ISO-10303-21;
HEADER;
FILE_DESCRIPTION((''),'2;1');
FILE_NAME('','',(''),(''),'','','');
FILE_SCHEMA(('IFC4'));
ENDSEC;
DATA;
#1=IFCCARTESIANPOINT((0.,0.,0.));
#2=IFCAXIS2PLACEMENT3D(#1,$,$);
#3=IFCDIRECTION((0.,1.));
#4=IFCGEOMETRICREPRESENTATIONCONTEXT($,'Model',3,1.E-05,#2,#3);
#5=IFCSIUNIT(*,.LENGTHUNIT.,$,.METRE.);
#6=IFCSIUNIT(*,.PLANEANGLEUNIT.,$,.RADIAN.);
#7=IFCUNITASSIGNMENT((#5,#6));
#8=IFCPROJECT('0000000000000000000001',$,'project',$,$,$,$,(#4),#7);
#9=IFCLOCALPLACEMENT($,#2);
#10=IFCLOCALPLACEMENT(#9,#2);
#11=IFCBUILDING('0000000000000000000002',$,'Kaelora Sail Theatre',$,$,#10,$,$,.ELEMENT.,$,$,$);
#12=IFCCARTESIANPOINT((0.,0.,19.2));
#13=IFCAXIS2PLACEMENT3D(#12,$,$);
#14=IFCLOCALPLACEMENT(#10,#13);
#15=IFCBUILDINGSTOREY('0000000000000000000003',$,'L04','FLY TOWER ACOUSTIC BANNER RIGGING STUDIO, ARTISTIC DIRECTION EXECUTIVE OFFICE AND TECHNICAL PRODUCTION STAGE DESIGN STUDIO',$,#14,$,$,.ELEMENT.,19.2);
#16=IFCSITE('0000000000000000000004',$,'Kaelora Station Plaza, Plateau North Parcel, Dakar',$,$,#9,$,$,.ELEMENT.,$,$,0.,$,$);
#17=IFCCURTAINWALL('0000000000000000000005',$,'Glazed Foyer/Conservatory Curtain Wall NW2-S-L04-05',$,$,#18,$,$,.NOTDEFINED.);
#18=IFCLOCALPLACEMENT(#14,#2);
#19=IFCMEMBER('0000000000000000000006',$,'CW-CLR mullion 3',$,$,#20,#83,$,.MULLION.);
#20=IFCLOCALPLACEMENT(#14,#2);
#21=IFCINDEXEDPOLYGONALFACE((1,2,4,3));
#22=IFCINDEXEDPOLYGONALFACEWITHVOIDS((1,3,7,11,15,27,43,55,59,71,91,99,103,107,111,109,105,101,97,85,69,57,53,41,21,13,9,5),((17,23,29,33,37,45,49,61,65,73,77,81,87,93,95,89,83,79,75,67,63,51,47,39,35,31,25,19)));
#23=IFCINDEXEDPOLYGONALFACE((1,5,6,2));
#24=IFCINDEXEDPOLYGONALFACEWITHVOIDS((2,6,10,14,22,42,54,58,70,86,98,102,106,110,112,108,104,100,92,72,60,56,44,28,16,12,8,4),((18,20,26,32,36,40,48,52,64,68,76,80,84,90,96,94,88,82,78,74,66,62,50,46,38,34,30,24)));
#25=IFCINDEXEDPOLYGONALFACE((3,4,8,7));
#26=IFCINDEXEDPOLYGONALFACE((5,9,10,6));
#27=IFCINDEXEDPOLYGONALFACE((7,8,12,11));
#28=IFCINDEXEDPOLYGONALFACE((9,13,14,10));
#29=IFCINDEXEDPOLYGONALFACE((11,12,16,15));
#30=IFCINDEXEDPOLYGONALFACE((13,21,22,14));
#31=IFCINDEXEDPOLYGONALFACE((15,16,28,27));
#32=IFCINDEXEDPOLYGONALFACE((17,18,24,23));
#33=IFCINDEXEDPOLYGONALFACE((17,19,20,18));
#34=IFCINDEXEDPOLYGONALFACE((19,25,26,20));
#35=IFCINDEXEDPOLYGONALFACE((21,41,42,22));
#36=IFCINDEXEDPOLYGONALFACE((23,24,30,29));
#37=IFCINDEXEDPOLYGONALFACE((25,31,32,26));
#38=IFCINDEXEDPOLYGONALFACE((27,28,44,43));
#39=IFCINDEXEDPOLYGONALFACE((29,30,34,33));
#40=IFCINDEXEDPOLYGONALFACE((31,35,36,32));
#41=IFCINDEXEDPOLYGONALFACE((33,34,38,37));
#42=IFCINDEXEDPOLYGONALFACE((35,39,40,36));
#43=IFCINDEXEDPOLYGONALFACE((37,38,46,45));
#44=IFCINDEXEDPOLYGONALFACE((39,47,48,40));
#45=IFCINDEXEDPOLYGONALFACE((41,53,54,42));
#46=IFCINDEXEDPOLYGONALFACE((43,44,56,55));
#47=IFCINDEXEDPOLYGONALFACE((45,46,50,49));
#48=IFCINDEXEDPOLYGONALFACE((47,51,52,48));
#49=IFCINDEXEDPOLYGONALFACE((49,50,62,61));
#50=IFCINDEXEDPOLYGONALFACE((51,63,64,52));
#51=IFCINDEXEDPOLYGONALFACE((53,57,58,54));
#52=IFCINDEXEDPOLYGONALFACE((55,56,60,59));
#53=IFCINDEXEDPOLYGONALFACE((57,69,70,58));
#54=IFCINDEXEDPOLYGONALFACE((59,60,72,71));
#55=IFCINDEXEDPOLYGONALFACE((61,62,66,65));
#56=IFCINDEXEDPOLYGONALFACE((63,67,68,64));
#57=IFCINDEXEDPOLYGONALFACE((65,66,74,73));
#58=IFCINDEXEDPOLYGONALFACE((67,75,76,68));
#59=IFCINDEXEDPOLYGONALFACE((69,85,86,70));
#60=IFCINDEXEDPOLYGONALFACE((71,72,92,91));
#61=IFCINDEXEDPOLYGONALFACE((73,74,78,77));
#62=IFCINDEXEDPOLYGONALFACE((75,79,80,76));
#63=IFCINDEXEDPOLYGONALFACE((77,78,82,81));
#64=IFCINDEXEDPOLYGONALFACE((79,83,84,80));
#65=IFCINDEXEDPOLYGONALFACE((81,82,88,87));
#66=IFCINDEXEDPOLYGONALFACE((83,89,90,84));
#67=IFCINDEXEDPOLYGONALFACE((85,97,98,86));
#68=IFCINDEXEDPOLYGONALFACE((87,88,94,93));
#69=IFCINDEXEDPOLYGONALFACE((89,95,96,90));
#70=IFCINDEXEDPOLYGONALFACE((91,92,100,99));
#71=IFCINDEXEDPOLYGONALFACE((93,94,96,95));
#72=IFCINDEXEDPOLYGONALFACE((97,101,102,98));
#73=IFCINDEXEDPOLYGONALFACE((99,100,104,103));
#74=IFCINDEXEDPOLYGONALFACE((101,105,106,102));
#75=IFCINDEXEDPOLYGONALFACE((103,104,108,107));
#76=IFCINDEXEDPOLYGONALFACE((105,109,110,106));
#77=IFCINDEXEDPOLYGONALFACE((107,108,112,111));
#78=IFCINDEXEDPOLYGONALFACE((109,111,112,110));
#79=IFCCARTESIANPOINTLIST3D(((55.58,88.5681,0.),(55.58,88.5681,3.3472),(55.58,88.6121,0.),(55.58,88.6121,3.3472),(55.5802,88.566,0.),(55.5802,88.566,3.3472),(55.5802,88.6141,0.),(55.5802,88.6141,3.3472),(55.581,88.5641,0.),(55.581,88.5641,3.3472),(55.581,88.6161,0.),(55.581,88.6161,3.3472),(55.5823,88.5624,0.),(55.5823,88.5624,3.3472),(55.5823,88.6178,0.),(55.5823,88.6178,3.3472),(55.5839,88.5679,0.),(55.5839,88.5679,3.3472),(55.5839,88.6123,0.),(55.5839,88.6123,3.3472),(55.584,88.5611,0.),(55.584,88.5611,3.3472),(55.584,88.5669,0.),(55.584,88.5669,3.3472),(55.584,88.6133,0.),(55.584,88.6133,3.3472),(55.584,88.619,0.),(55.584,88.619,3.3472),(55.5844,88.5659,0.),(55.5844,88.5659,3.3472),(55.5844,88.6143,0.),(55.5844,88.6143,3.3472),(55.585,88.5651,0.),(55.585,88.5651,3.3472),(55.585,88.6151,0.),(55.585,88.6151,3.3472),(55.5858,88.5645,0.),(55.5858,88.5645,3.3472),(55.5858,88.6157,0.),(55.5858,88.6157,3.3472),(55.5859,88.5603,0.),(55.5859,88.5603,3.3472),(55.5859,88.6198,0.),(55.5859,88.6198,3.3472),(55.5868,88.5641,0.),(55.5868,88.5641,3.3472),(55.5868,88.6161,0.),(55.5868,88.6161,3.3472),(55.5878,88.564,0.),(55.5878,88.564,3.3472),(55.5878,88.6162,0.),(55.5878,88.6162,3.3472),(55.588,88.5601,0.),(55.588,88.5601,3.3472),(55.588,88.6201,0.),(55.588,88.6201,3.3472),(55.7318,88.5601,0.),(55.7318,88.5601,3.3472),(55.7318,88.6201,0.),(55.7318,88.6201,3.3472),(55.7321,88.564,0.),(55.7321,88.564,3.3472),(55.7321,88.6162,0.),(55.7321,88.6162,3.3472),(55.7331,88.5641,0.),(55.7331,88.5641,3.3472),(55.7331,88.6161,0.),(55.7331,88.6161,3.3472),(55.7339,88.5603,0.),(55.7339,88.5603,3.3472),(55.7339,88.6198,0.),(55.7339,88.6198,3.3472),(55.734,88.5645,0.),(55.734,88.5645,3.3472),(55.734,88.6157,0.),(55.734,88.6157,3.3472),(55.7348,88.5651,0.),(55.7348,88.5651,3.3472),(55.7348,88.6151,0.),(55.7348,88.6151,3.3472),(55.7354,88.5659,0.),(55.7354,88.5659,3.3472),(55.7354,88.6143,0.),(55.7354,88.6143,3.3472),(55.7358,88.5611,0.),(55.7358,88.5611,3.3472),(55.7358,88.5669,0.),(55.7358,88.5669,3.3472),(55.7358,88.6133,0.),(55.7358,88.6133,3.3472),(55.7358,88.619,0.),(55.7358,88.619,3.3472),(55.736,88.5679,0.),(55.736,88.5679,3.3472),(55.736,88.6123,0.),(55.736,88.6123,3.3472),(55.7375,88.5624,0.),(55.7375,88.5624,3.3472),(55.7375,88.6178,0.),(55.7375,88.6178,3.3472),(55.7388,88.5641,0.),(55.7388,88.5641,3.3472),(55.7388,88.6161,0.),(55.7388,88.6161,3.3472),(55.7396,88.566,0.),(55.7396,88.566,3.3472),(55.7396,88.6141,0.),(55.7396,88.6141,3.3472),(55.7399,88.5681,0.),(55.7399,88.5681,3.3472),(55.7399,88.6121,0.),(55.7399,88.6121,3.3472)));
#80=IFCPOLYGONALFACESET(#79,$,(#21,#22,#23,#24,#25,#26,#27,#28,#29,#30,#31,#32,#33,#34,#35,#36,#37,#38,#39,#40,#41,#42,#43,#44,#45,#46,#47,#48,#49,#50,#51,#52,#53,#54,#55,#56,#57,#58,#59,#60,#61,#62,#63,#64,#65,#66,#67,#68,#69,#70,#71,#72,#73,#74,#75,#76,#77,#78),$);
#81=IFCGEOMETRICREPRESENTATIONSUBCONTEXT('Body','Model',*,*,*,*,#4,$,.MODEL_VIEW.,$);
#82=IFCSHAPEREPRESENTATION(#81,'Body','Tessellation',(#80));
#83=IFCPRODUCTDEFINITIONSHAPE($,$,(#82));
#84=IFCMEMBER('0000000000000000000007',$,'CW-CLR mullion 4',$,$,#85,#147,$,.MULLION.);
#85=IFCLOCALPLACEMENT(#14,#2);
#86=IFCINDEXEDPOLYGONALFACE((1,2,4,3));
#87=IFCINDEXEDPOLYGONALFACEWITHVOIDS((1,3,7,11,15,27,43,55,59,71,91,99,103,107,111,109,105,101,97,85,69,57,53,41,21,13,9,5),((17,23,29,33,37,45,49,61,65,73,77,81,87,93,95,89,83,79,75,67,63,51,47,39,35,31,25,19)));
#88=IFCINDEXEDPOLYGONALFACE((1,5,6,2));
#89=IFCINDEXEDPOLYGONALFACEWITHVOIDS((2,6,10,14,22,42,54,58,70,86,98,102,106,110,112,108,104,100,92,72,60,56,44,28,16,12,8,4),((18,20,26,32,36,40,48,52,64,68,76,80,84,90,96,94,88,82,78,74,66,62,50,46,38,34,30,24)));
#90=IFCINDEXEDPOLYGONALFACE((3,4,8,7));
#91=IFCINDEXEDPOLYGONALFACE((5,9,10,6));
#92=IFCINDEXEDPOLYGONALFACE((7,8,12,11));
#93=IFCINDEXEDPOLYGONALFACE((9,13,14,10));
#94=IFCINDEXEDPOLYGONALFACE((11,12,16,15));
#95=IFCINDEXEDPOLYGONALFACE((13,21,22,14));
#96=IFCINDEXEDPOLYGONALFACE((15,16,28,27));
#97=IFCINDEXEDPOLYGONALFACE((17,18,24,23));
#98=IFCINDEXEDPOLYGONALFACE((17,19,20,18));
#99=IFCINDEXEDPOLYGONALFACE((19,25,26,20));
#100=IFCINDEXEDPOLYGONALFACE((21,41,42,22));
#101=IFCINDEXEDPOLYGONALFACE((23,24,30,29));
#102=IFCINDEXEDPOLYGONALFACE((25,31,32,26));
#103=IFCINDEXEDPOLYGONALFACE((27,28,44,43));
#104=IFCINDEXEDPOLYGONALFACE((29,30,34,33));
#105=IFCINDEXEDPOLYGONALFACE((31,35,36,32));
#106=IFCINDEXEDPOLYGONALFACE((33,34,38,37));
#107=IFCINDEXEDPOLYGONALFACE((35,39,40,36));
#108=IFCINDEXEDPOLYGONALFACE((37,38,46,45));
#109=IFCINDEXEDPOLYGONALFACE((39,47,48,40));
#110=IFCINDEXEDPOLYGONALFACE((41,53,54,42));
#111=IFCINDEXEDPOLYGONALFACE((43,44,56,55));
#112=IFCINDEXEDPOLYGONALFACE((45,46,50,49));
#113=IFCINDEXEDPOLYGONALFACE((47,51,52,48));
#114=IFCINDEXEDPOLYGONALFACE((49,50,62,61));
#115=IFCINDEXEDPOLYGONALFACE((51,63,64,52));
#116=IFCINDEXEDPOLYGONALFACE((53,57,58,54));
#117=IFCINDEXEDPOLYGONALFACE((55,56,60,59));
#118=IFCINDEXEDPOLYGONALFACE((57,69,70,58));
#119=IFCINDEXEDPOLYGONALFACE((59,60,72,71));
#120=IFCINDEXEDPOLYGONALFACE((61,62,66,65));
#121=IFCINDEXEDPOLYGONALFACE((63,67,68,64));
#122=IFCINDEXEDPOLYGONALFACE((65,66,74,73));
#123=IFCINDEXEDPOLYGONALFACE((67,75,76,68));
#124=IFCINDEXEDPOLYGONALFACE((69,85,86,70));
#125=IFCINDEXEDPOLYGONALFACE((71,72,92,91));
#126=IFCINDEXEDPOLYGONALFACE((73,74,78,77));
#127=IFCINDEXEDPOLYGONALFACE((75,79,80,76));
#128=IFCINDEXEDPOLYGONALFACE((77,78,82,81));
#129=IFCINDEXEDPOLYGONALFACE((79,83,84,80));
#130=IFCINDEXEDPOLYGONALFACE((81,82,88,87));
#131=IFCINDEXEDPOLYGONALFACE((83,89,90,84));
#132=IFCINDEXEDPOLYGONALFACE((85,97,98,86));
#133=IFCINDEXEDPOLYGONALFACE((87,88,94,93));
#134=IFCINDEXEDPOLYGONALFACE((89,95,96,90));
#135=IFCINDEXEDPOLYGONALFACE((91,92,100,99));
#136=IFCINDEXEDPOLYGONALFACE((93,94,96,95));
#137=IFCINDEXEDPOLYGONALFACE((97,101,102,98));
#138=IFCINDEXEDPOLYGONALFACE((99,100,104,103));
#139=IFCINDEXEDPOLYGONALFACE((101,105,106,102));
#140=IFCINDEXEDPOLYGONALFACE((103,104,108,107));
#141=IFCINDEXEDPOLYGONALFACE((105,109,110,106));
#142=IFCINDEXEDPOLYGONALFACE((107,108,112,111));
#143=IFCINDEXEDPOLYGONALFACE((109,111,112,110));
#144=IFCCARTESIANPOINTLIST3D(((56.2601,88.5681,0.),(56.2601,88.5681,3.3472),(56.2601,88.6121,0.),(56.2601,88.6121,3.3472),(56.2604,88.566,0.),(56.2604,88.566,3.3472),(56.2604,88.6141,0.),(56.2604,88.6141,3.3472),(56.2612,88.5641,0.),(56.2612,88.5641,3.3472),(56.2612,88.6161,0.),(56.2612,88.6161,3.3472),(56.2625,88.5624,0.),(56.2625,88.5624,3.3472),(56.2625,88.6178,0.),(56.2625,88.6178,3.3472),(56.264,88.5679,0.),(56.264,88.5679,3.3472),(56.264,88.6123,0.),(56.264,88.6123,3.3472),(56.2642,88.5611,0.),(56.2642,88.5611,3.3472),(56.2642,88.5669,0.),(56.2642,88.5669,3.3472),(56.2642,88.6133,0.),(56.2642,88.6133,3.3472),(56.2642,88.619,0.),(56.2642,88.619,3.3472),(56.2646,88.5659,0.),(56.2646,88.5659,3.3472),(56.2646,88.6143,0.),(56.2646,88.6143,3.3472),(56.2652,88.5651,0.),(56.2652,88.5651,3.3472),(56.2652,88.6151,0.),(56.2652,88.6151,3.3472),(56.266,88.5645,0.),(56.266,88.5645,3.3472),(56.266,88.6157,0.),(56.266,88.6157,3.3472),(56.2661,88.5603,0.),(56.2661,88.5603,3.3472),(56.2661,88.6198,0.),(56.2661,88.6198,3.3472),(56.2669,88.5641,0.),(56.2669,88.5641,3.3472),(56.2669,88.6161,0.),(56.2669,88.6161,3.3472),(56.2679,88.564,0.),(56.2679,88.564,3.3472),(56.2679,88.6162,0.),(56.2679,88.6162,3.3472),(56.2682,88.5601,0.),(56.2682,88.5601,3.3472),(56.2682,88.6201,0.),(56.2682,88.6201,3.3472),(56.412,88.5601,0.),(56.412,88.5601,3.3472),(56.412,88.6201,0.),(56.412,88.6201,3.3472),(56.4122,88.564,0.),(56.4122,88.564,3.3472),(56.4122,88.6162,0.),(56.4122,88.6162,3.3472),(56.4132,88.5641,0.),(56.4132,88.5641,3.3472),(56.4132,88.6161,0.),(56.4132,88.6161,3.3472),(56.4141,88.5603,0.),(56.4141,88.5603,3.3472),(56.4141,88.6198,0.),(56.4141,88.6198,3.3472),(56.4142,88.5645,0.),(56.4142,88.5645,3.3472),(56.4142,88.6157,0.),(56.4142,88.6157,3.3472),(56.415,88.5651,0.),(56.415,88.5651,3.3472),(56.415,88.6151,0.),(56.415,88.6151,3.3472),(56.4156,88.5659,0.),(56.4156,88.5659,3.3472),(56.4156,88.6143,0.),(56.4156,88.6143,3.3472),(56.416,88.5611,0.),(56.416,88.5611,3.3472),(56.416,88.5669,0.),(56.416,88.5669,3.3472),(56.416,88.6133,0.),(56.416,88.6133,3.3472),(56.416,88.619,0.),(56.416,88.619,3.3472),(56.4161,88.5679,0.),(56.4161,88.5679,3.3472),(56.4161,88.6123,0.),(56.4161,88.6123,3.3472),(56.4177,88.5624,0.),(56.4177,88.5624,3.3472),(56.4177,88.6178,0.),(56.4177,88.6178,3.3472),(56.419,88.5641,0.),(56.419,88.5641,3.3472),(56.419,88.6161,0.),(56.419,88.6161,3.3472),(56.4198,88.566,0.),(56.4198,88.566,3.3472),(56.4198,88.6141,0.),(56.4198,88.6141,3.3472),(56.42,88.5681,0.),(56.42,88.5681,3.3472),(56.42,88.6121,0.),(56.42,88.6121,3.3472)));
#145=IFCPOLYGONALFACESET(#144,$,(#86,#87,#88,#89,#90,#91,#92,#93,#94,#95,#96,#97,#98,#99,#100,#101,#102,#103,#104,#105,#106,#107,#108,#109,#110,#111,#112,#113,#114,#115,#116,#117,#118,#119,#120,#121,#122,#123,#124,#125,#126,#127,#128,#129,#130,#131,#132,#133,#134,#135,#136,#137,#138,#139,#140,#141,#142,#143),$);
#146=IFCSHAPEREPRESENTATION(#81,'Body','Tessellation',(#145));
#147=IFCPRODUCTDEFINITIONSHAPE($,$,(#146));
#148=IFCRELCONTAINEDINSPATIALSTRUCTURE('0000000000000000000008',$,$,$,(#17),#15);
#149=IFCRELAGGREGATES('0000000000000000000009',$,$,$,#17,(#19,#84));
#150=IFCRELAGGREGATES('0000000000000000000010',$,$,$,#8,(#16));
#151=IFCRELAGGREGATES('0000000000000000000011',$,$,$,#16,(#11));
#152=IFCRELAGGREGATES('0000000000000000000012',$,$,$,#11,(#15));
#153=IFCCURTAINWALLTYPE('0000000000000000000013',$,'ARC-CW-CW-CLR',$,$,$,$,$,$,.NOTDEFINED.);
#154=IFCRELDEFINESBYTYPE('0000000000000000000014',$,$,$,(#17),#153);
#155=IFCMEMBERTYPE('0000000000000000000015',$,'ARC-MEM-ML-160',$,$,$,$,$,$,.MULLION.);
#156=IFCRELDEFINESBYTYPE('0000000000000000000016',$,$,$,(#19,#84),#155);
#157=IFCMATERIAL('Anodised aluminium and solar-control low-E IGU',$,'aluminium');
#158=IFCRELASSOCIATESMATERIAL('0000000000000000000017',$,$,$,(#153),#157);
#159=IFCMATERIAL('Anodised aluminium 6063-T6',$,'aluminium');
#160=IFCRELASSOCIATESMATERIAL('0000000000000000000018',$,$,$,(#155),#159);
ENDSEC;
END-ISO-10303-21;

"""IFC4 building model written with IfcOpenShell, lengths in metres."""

from ifc_helpers import new_model, si_unit, direction, frame, origin, origin_2d, place, context, subcontext, project, spatial, hollow_rectangle, extrude, material, material_profile, profile_set, type_object, element, aggregate, save


model = new_model("IFC4")

# Units and contexts
model_context = context("Model", 3, precision=1e-05, world=origin(), true_north=direction((0.0, 1.0)))
body_context = subcontext(model_context, "Body", "Model", "MODEL_VIEW")
ifc_project = project(units=[si_unit("LENGTHUNIT", "METRE"), si_unit("PLANEANGLEUNIT", "RADIAN")], contexts=[model_context])

# Site, building, storey
site_placement = place(None, origin())
site = spatial("IfcSite", under=ifc_project, at=site_placement, Name="Kaelora Station Plaza, Plateau North Parcel, Dakar", CompositionType="ELEMENT", RefElevation=0.0)
building_placement = place(site_placement, origin())
building = spatial("IfcBuilding", under=site, at=building_placement, Name="Kaelora Sail Theatre", CompositionType="ELEMENT")
storey_placement = place(building_placement, frame((0.0, 0.0, 19.2)))
storey = spatial("IfcBuildingStorey", under=building, at=storey_placement, Name="L04", Description="FLY TOWER ACOUSTIC BANNER RIGGING STUDIO, ARTISTIC DIRECTION EXECUTIVE OFFICE AND TECHNICAL PRODUCTION STAGE DESIGN STUDIO", CompositionType="ELEMENT", Elevation=19.2)

# Curtain wall, members
ifc_material_1 = material(Name="Anodised aluminium and solar-control low-E IGU", Category="aluminium")
curtain_wall_type = type_object("IfcCurtainWallType", Name="ARC-CW-CW-CLR", PredefinedType="NOTDEFINED", material=ifc_material_1)
curtain_wall_placement = place(storey_placement, origin())
curtain_wall = element("IfcCurtainWall", 1, at=curtain_wall_placement, inside=storey, type_object=curtain_wall_type, Name="Glazed Foyer/Conservatory Curtain Wall NW2-S-L04-05", PredefinedType="NOTDEFINED")
ifc_material_2 = material(Name="Anodised aluminium 6063-T6", Category="aluminium")
ifc_material_profile_1 = material_profile(ifc_material_2, hollow_rectangle(XDim=0.0601, YDim=0.1599, WallThickness=0.0039, InnerFilletRadius=0.0039, OuterFilletRadius=0.0081, at=origin_2d()), Name="ALU-MULL 60x160x4")
ifc_profile_set_1 = profile_set([ifc_material_profile_1], Name="Anodised aluminium 6063-T6")
member_type_1 = type_object("IfcMemberType", Name="ARC-MEM-ML-160", PredefinedType="MULLION", material=ifc_profile_set_1)
member_1_placement = place(storey_placement, frame((55.6599, 88.5901, 0.0), z_axis=(0.0, 0.0, 1.0), x_axis=(0.0, 1.0, 0.0)))
member_1 = element("IfcMember", 2, at=member_1_placement, type_object=member_type_1, Name="CW-CLR mullion 3", PredefinedType="MULLION", context=body_context, shape_type="SweptSolid", body=[
    extrude(hollow_rectangle(XDim=0.0601, YDim=0.1599, WallThickness=0.0039, InnerFilletRadius=0.0039, OuterFilletRadius=0.0081, at=origin_2d()), origin(), (0.0, 0.0, 1.0), 3.3472),
])
member_2_placement = place(storey_placement, frame((56.3401, 88.5901, 0.0), z_axis=(0.0, 0.0, 1.0), x_axis=(0.0, 1.0, 0.0)))
member_2 = element("IfcMember", 3, at=member_2_placement, type_object=member_type_1, Name="CW-CLR mullion 4", PredefinedType="MULLION", context=body_context, shape_type="SweptSolid", body=[
    extrude(hollow_rectangle(XDim=0.0601, YDim=0.1599, WallThickness=0.0039, InnerFilletRadius=0.0039, OuterFilletRadius=0.0081, at=origin_2d()), origin(), (0.0, 0.0, 1.0), 3.3472),
])
aggregate(curtain_wall, [member_1, member_2])

save(model, "model.ifc")
